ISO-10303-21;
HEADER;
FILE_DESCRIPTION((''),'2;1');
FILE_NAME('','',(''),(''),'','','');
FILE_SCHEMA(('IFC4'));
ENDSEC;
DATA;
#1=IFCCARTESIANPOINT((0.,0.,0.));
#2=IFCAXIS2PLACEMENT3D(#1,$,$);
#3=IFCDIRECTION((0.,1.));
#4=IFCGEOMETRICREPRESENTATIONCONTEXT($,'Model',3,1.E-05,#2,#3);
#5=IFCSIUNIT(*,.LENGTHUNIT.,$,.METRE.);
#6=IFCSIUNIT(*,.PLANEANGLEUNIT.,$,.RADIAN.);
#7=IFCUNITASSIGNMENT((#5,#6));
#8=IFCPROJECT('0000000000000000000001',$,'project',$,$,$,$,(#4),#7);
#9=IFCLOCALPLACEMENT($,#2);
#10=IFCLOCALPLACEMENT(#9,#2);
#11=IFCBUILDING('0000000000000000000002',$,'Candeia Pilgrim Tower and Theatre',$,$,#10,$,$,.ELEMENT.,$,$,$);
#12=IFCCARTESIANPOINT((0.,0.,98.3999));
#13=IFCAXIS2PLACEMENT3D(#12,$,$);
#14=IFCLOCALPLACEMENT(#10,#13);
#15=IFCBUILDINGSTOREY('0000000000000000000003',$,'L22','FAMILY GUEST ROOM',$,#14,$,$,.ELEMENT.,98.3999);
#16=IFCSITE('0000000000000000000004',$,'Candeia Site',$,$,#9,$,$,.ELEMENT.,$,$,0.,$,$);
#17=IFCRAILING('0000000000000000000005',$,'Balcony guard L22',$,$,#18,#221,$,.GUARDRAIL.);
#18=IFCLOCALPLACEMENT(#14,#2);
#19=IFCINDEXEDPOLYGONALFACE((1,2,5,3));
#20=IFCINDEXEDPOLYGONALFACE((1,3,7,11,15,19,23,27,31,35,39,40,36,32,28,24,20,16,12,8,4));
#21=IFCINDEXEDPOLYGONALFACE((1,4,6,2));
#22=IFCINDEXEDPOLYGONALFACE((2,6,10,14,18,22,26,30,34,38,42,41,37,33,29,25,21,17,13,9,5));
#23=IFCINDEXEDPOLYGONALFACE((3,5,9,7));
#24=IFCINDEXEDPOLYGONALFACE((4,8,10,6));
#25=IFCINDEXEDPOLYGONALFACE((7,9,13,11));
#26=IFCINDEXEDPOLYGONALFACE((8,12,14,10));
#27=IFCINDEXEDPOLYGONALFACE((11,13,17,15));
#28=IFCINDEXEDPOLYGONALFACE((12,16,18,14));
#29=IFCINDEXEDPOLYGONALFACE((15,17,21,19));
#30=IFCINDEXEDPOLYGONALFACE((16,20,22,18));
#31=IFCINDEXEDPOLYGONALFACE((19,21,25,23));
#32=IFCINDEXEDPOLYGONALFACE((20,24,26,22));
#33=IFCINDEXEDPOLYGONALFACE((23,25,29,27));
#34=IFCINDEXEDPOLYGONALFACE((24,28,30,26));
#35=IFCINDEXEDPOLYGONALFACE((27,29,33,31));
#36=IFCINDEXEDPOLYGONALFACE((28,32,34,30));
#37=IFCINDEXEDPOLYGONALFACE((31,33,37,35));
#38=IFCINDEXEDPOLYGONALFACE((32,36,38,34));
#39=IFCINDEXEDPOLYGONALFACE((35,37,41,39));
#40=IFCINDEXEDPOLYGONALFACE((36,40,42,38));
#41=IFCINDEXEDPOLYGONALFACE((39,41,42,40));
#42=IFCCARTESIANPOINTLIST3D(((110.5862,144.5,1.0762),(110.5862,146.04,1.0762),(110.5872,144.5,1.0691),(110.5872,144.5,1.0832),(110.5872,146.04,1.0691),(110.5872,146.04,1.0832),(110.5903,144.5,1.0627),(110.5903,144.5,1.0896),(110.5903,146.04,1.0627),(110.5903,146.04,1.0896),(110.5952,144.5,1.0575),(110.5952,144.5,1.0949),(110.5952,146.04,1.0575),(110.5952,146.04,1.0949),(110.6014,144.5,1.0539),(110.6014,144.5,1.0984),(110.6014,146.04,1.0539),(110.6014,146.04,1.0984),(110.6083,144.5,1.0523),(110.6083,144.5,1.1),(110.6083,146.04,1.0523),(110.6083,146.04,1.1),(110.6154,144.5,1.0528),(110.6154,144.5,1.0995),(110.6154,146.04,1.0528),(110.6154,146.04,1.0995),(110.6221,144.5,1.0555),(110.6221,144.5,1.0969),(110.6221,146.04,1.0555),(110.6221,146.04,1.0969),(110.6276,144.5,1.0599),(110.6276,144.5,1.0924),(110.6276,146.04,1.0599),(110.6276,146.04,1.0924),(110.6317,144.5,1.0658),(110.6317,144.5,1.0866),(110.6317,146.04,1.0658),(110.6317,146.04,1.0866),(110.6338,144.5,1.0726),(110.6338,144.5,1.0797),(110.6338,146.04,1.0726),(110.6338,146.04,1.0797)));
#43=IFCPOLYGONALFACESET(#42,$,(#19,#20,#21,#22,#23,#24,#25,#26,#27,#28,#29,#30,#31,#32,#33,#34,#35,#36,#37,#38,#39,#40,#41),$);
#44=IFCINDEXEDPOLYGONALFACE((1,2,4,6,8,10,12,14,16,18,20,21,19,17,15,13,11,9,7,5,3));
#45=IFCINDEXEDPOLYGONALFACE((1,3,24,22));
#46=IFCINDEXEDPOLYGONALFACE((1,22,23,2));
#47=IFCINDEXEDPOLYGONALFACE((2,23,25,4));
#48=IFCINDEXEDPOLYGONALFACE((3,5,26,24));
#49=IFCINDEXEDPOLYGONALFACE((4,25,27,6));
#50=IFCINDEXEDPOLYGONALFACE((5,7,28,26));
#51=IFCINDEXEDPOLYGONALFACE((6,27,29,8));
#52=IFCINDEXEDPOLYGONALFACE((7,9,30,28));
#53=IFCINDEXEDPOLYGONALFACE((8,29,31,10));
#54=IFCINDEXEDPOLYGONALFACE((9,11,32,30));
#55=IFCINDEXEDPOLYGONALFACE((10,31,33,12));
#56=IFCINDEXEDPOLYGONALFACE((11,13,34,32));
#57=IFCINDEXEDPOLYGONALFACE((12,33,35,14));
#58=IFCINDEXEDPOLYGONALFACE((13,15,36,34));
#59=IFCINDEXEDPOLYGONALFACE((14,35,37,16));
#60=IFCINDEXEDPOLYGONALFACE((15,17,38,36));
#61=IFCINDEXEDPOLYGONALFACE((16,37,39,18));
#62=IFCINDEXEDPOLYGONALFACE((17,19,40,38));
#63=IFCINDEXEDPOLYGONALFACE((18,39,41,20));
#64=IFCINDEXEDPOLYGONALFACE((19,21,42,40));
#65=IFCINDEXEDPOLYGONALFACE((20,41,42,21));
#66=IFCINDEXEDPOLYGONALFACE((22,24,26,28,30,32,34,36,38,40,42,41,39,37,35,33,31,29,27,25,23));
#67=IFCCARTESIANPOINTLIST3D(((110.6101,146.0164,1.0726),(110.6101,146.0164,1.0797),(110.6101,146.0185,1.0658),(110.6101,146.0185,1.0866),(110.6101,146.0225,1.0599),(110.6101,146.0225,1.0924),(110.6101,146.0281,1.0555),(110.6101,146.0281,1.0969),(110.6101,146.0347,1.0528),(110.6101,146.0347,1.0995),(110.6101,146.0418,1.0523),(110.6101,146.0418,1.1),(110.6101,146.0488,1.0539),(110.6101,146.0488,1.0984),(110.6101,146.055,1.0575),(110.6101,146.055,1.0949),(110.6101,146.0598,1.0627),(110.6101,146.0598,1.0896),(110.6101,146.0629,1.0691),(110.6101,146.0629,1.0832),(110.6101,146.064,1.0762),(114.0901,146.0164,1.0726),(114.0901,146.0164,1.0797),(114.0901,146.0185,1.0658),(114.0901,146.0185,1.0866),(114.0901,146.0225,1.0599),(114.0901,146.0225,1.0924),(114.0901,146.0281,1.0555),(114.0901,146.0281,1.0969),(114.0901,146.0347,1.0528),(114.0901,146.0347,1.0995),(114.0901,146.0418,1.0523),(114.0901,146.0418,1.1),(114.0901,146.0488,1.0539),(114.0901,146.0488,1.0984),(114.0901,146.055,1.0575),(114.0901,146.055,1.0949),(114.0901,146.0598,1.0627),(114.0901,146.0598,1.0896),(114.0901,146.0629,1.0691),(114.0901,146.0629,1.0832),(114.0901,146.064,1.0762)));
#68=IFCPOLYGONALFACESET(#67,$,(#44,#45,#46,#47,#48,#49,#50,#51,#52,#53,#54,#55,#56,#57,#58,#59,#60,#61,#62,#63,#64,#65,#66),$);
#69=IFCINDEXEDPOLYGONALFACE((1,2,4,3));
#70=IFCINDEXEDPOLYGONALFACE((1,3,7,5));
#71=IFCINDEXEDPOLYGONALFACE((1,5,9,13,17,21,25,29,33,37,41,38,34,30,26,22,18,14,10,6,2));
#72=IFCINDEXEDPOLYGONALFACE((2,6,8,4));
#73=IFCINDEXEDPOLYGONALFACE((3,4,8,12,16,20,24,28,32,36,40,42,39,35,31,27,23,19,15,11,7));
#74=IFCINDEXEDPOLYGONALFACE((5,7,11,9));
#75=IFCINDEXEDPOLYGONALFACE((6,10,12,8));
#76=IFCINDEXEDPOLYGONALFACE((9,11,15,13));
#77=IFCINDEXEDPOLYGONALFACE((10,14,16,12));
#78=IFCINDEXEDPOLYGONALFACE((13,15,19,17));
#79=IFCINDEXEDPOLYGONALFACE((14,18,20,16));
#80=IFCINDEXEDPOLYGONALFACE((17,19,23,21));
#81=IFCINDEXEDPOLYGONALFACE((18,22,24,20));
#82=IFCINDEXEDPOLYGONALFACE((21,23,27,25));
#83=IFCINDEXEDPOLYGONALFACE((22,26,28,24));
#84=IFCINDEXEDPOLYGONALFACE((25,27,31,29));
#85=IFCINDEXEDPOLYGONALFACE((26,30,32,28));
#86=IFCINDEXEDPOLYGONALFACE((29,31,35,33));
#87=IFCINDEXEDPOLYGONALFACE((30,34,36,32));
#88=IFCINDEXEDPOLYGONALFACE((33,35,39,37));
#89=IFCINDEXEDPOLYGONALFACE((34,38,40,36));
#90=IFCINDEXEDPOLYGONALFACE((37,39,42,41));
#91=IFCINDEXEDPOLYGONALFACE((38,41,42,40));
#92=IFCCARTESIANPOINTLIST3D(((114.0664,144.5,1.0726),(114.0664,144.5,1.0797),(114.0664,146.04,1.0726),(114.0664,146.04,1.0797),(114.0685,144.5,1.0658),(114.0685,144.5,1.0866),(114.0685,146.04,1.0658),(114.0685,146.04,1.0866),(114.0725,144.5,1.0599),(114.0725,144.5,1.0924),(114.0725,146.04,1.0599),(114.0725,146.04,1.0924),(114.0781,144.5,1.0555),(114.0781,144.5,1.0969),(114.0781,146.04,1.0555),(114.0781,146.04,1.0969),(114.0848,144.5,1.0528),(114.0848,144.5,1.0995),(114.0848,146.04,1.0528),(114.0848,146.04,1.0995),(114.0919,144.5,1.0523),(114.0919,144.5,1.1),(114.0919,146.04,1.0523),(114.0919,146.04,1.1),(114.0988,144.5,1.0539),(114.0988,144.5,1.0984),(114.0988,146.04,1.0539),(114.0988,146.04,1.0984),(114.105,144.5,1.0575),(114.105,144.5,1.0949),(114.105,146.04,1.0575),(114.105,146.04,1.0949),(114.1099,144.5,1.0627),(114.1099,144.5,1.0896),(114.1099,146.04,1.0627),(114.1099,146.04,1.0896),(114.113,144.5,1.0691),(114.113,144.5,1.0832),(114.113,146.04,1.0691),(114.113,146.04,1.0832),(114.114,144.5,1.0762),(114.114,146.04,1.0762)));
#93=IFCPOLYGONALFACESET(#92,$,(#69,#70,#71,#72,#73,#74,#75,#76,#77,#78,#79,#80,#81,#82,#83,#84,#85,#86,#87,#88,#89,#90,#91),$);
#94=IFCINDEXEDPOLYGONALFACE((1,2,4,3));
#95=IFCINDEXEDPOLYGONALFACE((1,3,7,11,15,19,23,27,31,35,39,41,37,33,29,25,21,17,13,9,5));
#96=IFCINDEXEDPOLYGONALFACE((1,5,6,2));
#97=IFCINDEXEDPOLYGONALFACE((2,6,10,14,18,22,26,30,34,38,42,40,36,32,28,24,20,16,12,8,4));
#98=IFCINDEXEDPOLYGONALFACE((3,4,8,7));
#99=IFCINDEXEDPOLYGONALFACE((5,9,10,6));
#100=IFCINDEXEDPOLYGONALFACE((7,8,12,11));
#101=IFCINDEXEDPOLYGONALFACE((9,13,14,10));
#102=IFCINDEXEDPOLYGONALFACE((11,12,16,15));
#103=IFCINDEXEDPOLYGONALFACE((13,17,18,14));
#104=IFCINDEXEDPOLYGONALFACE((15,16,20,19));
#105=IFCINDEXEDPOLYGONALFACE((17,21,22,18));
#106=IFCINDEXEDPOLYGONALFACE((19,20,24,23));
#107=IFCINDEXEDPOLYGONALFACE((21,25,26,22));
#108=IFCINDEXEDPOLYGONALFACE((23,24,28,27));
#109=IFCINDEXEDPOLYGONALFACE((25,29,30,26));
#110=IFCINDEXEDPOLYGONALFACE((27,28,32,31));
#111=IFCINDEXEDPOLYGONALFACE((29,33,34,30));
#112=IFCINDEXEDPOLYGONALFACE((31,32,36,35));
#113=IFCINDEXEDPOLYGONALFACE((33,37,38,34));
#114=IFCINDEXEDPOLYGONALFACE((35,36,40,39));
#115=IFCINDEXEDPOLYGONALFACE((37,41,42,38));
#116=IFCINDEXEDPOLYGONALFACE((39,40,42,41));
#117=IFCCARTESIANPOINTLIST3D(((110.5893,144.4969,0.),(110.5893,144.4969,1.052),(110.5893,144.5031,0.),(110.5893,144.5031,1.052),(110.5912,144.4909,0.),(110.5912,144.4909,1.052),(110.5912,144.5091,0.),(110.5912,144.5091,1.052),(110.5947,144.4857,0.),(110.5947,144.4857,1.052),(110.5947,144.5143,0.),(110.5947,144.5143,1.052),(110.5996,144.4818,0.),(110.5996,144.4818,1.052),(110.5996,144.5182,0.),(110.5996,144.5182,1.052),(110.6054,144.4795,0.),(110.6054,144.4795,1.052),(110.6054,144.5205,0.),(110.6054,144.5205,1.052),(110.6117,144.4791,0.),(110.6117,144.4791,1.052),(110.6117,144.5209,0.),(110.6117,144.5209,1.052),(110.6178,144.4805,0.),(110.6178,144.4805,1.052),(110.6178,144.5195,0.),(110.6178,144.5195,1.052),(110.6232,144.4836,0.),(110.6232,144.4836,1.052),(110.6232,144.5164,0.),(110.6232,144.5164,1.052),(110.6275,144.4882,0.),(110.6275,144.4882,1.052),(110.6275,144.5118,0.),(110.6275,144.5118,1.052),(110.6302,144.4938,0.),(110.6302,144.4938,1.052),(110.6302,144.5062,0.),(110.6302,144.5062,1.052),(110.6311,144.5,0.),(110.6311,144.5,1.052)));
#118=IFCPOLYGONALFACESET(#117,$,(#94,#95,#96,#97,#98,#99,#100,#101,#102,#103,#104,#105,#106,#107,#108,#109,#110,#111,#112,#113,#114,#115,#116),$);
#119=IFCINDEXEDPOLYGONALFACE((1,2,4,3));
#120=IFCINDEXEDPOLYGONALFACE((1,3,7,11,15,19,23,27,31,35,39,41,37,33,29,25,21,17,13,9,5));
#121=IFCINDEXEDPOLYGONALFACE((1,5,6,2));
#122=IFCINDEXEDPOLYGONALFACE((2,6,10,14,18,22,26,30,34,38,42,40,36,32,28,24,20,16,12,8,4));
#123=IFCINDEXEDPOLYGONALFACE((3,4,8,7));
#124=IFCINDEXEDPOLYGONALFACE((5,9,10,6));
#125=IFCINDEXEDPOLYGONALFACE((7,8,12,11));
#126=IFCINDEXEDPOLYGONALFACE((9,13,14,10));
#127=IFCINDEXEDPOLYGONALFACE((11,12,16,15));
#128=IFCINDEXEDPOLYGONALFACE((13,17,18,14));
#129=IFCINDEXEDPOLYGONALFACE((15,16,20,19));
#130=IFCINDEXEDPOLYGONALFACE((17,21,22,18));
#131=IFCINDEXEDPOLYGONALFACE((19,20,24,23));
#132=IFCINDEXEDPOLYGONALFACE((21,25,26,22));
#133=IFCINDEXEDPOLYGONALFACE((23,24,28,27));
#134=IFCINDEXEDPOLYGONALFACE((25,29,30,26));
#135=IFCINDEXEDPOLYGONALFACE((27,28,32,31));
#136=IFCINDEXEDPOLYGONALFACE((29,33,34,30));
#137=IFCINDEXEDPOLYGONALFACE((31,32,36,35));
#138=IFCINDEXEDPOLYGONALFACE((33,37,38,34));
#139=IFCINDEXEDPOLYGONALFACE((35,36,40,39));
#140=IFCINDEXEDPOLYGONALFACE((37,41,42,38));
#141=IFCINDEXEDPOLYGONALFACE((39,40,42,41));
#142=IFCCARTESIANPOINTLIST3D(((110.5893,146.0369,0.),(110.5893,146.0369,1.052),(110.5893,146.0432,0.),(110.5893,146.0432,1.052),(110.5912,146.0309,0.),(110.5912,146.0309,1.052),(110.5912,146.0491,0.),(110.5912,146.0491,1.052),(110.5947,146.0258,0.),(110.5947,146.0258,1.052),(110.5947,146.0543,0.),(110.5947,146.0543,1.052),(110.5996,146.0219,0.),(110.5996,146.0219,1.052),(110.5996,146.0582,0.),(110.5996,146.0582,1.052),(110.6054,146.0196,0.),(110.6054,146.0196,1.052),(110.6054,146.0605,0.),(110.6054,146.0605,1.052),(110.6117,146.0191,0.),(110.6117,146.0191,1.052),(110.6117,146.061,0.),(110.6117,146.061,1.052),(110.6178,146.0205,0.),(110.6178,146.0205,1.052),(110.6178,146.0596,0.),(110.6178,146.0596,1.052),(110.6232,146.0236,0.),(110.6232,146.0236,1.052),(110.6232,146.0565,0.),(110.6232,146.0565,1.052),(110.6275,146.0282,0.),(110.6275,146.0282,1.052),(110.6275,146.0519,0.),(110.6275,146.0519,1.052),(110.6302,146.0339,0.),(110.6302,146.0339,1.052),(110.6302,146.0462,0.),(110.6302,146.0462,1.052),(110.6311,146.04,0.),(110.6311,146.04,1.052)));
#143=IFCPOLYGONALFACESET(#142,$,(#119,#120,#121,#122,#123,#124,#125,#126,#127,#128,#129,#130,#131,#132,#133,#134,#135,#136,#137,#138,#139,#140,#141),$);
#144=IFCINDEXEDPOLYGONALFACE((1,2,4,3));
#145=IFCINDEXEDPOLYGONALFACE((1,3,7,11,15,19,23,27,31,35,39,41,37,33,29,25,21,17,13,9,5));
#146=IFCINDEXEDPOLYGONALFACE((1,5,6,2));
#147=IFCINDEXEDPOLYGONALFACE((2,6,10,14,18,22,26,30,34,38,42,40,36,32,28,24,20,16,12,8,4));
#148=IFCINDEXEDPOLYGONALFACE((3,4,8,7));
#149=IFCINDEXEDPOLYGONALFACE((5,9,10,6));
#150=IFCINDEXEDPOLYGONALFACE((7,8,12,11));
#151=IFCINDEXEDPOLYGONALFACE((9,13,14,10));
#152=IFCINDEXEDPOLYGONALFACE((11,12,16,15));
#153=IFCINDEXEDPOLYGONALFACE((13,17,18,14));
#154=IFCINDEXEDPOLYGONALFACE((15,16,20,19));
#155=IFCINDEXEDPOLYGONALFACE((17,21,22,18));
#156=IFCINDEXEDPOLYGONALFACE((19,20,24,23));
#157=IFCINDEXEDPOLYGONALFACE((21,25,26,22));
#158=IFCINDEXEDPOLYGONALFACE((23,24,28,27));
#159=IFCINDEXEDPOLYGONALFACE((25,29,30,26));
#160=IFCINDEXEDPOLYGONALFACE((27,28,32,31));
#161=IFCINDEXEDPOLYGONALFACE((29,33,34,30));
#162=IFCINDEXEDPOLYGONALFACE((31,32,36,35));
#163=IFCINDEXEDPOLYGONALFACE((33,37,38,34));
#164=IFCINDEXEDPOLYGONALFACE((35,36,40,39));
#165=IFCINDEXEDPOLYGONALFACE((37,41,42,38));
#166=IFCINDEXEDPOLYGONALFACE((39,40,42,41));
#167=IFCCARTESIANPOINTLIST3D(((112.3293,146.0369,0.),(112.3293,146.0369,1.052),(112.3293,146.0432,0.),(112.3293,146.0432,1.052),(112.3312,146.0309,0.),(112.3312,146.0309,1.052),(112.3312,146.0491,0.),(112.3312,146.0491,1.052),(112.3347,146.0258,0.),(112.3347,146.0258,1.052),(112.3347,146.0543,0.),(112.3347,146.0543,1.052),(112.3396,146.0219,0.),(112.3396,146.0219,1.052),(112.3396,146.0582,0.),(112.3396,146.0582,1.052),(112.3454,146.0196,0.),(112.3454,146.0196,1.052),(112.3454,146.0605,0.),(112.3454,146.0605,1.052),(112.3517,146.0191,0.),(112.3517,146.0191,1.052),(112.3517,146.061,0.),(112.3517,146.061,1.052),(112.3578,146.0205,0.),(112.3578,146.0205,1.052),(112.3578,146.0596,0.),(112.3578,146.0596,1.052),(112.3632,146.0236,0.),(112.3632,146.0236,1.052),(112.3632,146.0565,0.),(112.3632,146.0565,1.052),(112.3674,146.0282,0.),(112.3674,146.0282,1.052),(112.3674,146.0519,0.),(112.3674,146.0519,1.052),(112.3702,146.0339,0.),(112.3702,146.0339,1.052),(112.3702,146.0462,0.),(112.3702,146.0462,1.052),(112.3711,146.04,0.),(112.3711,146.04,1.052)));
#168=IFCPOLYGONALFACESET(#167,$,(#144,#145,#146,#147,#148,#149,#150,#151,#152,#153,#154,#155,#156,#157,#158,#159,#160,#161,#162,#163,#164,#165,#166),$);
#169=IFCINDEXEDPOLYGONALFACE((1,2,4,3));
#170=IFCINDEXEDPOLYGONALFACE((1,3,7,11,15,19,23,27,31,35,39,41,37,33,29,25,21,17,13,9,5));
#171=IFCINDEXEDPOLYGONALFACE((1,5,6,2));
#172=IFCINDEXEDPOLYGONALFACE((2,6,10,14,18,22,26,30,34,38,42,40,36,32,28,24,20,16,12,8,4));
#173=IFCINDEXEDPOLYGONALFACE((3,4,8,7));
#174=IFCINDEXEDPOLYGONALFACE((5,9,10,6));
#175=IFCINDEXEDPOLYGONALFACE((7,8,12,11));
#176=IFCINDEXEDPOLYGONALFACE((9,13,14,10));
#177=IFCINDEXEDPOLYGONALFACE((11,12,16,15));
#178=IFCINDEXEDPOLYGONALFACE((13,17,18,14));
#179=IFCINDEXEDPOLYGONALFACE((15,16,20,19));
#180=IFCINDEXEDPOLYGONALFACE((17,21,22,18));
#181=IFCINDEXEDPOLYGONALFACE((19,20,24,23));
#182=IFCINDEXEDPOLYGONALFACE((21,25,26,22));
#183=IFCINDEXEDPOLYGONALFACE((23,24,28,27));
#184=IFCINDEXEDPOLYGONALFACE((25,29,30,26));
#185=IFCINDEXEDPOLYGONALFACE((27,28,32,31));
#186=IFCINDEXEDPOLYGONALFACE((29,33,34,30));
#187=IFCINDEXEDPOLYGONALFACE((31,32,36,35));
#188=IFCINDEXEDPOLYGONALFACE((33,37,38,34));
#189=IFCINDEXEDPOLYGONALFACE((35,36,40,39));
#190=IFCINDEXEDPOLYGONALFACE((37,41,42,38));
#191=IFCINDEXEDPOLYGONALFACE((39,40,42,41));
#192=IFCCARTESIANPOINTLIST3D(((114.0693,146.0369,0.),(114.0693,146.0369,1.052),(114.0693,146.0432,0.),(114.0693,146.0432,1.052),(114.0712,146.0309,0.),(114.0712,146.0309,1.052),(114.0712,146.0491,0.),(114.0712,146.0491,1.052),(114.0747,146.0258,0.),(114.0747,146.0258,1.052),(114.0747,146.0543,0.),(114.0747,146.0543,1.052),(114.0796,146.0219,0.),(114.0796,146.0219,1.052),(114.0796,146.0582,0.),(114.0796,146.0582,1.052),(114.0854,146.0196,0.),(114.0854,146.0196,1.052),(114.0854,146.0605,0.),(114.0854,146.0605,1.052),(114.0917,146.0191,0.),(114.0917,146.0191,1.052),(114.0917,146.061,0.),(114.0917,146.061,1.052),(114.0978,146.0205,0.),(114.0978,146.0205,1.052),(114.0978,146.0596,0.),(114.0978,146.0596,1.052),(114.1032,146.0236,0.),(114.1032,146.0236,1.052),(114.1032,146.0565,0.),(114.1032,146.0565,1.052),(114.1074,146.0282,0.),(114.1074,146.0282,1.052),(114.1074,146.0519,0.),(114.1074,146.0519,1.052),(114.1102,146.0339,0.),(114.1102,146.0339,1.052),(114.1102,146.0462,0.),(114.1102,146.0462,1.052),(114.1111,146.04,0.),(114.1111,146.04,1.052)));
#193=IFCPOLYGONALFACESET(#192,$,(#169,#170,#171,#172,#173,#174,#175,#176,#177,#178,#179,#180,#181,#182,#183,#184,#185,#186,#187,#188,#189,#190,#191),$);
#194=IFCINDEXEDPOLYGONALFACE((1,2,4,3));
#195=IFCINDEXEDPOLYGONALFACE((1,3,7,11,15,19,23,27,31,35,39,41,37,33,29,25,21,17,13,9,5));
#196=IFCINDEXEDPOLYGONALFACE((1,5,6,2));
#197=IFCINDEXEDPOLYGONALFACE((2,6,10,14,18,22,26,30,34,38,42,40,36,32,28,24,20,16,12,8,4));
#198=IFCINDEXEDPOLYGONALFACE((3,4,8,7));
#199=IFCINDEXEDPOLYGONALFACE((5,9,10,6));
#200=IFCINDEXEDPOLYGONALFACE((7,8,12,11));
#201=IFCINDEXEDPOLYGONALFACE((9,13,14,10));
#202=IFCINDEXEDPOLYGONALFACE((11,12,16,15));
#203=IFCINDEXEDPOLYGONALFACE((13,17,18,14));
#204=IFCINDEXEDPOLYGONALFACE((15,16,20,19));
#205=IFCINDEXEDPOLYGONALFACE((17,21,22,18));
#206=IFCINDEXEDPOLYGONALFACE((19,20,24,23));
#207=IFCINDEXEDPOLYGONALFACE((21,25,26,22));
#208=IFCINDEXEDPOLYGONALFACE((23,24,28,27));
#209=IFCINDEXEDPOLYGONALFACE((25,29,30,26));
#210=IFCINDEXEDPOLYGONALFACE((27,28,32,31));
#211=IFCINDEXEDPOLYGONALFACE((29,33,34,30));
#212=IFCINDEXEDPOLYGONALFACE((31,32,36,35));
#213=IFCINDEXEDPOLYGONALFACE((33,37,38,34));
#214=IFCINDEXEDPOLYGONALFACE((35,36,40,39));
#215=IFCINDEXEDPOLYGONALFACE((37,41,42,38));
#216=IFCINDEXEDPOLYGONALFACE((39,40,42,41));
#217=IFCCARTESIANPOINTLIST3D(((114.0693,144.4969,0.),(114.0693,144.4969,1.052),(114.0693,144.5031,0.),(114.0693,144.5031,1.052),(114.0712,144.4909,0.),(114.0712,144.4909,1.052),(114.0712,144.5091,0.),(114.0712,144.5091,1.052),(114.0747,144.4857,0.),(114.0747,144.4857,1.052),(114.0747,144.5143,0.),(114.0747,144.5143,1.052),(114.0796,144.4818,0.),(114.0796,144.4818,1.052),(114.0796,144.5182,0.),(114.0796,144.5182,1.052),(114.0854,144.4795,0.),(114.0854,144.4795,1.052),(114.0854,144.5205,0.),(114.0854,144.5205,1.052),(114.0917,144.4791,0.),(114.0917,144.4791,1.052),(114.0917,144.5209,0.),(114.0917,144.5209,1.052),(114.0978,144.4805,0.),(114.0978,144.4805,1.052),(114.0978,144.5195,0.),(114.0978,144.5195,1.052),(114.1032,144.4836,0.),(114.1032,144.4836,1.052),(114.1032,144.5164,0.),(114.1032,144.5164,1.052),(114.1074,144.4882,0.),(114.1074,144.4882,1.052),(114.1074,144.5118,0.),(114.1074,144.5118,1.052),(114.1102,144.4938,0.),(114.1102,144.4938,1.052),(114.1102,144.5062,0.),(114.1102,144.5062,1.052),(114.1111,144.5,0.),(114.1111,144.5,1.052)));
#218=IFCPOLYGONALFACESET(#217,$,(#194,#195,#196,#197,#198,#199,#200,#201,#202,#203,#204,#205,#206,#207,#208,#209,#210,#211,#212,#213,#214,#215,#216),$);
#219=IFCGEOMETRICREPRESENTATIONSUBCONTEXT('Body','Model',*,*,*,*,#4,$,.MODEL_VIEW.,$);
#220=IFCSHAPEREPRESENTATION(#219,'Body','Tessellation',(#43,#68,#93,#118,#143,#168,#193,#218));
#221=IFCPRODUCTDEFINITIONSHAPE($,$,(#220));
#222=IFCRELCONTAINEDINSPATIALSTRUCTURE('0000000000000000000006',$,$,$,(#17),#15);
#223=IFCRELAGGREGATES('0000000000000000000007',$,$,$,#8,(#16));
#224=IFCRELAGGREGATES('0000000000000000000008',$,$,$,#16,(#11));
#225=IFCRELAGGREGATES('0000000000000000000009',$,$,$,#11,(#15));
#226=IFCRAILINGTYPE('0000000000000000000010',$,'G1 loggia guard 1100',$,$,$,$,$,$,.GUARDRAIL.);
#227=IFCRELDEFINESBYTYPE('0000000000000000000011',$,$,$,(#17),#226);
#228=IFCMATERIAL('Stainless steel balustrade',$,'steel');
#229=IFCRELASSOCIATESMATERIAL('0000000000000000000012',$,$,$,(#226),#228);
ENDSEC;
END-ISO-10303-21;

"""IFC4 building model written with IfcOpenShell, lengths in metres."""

from ifc_helpers import new_model, si_unit, direction, frame, origin, origin_2d, place, context, subcontext, project, spatial, circle, extrude, material, type_object, element, save


model = new_model("IFC4")

# Units and contexts
model_context = context("Model", 3, precision=1e-05, world=origin(), true_north=direction((0.0, 1.0)))
body_context = subcontext(model_context, "Body", "Model", "MODEL_VIEW")
ifc_project = project(units=[si_unit("LENGTHUNIT", "METRE"), si_unit("PLANEANGLEUNIT", "RADIAN")], contexts=[model_context])

# Site, building, storey
site_placement = place(None, origin())
site = spatial("IfcSite", under=ifc_project, at=site_placement, Name="Candeia Site", CompositionType="ELEMENT", RefElevation=0.0)
building_placement = place(site_placement, origin())
building = spatial("IfcBuilding", under=site, at=building_placement, Name="Candeia Pilgrim Tower and Theatre", CompositionType="ELEMENT")
storey_placement = place(building_placement, frame((0.0, 0.0, 98.3999)))
storey = spatial("IfcBuildingStorey", under=building, at=storey_placement, Name="L22", Description="FAMILY GUEST ROOM", CompositionType="ELEMENT", Elevation=98.3999)

# Railing
ifc_material_1 = material(Name="Stainless steel balustrade", Category="steel")
railing_type = type_object("IfcRailingType", Name="G1 loggia guard 1100", PredefinedType="GUARDRAIL", material=ifc_material_1)
railing_placement = place(storey_placement, frame((110.6101, 144.5, 0.0)))
element("IfcRailing", 1, at=railing_placement, inside=storey, type_object=railing_type, Name="Balcony guard L22", PredefinedType="GUARDRAIL", context=body_context, shape_type="SweptSolid", body=[
    extrude(circle(Radius=0.0239, at=origin_2d()), frame((0.0, 0.0, 1.0762), z_axis=(0.0, 1.0, 0.0), x_axis=(-1.0, 0.0, 0.0)), (0.0, 0.0, 1.0), 1.54),
    extrude(circle(Radius=0.0239, at=origin_2d()), frame((0.0, 1.54, 1.0762), z_axis=(1.0, 0.0, 0.0), x_axis=(0.0, 1.0, 0.0)), (0.0, 0.0, 1.0), 3.48),
    extrude(circle(Radius=0.0239, at=origin_2d()), frame((3.48, 1.54, 1.0762), z_axis=(0.0, -1.0, 0.0), x_axis=(1.0, 0.0, 0.0)), (0.0, 0.0, 1.0), 1.54),
    extrude(circle(Radius=0.021, at=origin_2d()), origin(), (0.0, 0.0, 1.0), 1.052),
    extrude(circle(Radius=0.021, at=origin_2d()), frame((0.0, 1.54, 0.0)), (0.0, 0.0, 1.0), 1.052),
    extrude(circle(Radius=0.021, at=origin_2d()), frame((1.74, 1.54, 0.0)), (0.0, 0.0, 1.0), 1.052),
    extrude(circle(Radius=0.021, at=origin_2d()), frame((3.48, 1.54, 0.0)), (0.0, 0.0, 1.0), 1.052),
    extrude(circle(Radius=0.021, at=origin_2d()), frame((3.48, 0.0, 0.0)), (0.0, 0.0, 1.0), 1.052),
])

save(model, "model.ifc")
